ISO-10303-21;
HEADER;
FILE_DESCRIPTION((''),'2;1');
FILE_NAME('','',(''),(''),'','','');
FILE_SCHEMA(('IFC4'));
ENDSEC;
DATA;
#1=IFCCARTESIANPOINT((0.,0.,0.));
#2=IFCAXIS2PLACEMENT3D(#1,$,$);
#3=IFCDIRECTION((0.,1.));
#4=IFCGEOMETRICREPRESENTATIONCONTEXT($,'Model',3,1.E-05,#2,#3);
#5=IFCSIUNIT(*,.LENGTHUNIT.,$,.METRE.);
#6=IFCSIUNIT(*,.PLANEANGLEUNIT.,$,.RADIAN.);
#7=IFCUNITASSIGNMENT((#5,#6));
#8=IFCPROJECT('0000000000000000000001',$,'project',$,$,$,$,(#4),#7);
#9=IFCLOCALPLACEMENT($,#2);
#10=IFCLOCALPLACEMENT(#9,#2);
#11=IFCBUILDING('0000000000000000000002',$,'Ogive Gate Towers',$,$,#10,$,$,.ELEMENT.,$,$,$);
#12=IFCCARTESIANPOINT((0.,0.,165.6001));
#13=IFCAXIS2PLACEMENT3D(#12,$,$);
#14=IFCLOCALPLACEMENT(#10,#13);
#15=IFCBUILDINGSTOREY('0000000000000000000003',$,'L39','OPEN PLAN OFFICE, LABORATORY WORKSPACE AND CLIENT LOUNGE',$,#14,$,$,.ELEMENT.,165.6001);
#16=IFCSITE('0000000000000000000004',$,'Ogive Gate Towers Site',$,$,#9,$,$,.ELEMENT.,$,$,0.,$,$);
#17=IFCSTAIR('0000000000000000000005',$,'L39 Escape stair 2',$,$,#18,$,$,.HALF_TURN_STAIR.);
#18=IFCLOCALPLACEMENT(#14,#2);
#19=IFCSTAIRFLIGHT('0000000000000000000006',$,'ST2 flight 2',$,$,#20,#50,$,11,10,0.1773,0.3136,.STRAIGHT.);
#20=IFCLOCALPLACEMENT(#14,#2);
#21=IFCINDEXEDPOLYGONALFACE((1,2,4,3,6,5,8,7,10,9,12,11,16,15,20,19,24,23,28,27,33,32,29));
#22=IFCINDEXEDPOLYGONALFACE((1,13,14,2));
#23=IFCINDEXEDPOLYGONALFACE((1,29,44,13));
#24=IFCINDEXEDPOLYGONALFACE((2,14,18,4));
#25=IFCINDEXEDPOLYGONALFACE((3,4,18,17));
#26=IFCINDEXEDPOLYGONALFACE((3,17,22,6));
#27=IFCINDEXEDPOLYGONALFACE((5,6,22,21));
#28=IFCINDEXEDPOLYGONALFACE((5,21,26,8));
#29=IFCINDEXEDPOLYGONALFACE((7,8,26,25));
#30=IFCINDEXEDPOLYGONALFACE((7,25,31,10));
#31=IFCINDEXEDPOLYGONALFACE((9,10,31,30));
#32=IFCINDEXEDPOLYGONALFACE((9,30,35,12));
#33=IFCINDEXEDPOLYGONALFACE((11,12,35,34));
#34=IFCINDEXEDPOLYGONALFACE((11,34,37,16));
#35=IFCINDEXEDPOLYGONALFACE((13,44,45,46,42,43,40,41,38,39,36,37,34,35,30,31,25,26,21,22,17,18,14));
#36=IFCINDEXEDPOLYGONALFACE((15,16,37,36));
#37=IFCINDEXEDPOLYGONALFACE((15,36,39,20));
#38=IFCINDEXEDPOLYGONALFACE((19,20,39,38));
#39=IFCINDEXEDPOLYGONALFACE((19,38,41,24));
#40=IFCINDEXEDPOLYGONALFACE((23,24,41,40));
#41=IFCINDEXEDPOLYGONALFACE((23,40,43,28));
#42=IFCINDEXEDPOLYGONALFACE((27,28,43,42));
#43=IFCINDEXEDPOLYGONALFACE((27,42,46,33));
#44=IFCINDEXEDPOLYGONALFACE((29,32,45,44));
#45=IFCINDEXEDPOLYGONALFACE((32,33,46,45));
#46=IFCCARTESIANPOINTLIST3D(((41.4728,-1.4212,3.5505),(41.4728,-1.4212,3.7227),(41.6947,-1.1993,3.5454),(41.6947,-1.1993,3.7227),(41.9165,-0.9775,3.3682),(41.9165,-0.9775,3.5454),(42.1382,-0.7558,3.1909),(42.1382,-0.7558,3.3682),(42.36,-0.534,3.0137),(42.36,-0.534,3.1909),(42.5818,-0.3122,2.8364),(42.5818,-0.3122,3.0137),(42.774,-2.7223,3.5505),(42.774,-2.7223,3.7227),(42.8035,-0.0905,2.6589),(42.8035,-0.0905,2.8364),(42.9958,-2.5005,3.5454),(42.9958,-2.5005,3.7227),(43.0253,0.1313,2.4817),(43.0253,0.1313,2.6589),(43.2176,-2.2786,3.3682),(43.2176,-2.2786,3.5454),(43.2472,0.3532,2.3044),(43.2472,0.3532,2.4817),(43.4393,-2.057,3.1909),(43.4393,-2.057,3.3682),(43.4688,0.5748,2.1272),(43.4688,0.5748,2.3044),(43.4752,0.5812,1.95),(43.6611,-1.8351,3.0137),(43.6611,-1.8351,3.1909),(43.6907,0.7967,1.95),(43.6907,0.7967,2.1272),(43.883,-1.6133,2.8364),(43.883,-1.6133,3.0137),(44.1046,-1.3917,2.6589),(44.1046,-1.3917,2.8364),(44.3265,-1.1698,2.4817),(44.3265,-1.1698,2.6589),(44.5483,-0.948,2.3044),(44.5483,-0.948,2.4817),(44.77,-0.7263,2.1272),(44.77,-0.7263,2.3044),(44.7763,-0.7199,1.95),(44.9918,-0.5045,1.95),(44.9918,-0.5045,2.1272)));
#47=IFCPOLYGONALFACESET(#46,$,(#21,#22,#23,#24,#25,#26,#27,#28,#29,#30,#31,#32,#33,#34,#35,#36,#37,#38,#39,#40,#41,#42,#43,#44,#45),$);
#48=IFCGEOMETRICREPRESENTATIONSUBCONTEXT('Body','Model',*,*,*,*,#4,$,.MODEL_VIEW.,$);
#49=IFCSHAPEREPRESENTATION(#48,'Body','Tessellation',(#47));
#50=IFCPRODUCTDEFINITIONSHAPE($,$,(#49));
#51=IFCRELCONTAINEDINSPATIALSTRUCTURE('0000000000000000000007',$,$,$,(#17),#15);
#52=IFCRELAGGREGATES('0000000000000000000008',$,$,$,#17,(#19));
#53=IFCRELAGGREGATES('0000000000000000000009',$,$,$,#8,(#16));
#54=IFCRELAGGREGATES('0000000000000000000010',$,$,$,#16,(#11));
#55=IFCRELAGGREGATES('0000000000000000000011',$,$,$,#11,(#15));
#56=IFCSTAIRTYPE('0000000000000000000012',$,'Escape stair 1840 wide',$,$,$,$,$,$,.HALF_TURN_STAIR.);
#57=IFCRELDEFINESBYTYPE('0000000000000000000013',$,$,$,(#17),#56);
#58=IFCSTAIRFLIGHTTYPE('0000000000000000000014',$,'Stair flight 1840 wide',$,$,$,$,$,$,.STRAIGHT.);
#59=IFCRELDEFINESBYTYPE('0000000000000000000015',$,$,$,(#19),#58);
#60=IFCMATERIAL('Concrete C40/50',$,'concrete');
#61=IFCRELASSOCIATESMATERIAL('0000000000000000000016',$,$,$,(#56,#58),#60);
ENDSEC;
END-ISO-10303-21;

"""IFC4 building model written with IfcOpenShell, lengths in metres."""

from ifc_helpers import new_model, si_unit, direction, frame, origin, place, context, subcontext, project, spatial, polyline, outline, extrude, material, type_object, element, aggregate, save


model = new_model("IFC4")

# Units and contexts
model_context = context("Model", 3, precision=1e-05, world=origin(), true_north=direction((0.0, 1.0)))
body_context = subcontext(model_context, "Body", "Model", "MODEL_VIEW")
ifc_project = project(units=[si_unit("LENGTHUNIT", "METRE"), si_unit("PLANEANGLEUNIT", "RADIAN")], contexts=[model_context])

# Site, building, storey
site_placement = place(None, origin())
site = spatial("IfcSite", under=ifc_project, at=site_placement, Name="Ogive Gate Towers Site", CompositionType="ELEMENT", RefElevation=0.0)
building_placement = place(site_placement, origin())
building = spatial("IfcBuilding", under=site, at=building_placement, Name="Ogive Gate Towers", CompositionType="ELEMENT")
storey_placement = place(building_placement, frame((0.0, 0.0, 165.6001)))
storey = spatial("IfcBuildingStorey", under=building, at=storey_placement, Name="L39", Description="OPEN PLAN OFFICE, LABORATORY WORKSPACE AND CLIENT LOUNGE", CompositionType="ELEMENT", Elevation=165.6001)

# Stair, stair flight
ifc_material_1 = material(Name="Concrete C40/50", Category="concrete")
stair_type = type_object("IfcStairType", Name="Escape stair 1840 wide", PredefinedType="HALF_TURN_STAIR", material=ifc_material_1)
stair_placement = place(storey_placement, origin())
stair = element("IfcStair", 1, at=stair_placement, inside=storey, type_object=stair_type, Name="L39 Escape stair 2", PredefinedType="HALF_TURN_STAIR")
stair_flight_type = type_object("IfcStairFlightType", Name="Stair flight 1840 wide", PredefinedType="STRAIGHT", material=ifc_material_1)
stair_flight_placement = place(storey_placement, frame((44.3413, 0.146, 1.95), z_axis=(0.0, 0.0, 1.0), x_axis=(-0.707107, -0.707107, 0.0)))
stair_flight = element("IfcStairFlight", 2, at=stair_flight_placement, type_object=stair_flight_type, Name="ST2 flight 2", NumberOfRisers=11, NumberOfTreads=10, PredefinedType="STRAIGHT", RiserHeight=0.1773, TreadLength=0.3136, context=body_context, shape_type="SweptSolid", body=[
    extrude(outline(polyline([(0.0, 0.0), (0.0, 0.1772), (0.3137, 0.1772), (0.3137, 0.3545), (0.6272, 0.3545), (0.6272, 0.5317), (0.9409, 0.5317), (0.9409, 0.709), (1.2546, 0.709), (1.2546, 0.8865), (1.5681, 0.8865), (1.5681, 1.0637), (1.8818, 1.0637), (1.8818, 1.241), (2.1956, 1.241), (2.1956, 1.4182), (2.509, 1.4182), (2.509, 1.5955), (2.8228, 1.5955), (2.8228, 1.7727), (3.1365, 1.7727), (3.1365, 1.95), (3.1365, 1.6006), (0.3047, 0.0), (0.0, 0.0)])), frame((0.0, 0.9199, 0.0), z_axis=(0.0, -1.0, 0.0), x_axis=(1.0, 0.0, 0.0)), (0.0, 0.0, 1.0), 1.8401),
])
aggregate(stair, [stair_flight])

save(model, "model.ifc")
